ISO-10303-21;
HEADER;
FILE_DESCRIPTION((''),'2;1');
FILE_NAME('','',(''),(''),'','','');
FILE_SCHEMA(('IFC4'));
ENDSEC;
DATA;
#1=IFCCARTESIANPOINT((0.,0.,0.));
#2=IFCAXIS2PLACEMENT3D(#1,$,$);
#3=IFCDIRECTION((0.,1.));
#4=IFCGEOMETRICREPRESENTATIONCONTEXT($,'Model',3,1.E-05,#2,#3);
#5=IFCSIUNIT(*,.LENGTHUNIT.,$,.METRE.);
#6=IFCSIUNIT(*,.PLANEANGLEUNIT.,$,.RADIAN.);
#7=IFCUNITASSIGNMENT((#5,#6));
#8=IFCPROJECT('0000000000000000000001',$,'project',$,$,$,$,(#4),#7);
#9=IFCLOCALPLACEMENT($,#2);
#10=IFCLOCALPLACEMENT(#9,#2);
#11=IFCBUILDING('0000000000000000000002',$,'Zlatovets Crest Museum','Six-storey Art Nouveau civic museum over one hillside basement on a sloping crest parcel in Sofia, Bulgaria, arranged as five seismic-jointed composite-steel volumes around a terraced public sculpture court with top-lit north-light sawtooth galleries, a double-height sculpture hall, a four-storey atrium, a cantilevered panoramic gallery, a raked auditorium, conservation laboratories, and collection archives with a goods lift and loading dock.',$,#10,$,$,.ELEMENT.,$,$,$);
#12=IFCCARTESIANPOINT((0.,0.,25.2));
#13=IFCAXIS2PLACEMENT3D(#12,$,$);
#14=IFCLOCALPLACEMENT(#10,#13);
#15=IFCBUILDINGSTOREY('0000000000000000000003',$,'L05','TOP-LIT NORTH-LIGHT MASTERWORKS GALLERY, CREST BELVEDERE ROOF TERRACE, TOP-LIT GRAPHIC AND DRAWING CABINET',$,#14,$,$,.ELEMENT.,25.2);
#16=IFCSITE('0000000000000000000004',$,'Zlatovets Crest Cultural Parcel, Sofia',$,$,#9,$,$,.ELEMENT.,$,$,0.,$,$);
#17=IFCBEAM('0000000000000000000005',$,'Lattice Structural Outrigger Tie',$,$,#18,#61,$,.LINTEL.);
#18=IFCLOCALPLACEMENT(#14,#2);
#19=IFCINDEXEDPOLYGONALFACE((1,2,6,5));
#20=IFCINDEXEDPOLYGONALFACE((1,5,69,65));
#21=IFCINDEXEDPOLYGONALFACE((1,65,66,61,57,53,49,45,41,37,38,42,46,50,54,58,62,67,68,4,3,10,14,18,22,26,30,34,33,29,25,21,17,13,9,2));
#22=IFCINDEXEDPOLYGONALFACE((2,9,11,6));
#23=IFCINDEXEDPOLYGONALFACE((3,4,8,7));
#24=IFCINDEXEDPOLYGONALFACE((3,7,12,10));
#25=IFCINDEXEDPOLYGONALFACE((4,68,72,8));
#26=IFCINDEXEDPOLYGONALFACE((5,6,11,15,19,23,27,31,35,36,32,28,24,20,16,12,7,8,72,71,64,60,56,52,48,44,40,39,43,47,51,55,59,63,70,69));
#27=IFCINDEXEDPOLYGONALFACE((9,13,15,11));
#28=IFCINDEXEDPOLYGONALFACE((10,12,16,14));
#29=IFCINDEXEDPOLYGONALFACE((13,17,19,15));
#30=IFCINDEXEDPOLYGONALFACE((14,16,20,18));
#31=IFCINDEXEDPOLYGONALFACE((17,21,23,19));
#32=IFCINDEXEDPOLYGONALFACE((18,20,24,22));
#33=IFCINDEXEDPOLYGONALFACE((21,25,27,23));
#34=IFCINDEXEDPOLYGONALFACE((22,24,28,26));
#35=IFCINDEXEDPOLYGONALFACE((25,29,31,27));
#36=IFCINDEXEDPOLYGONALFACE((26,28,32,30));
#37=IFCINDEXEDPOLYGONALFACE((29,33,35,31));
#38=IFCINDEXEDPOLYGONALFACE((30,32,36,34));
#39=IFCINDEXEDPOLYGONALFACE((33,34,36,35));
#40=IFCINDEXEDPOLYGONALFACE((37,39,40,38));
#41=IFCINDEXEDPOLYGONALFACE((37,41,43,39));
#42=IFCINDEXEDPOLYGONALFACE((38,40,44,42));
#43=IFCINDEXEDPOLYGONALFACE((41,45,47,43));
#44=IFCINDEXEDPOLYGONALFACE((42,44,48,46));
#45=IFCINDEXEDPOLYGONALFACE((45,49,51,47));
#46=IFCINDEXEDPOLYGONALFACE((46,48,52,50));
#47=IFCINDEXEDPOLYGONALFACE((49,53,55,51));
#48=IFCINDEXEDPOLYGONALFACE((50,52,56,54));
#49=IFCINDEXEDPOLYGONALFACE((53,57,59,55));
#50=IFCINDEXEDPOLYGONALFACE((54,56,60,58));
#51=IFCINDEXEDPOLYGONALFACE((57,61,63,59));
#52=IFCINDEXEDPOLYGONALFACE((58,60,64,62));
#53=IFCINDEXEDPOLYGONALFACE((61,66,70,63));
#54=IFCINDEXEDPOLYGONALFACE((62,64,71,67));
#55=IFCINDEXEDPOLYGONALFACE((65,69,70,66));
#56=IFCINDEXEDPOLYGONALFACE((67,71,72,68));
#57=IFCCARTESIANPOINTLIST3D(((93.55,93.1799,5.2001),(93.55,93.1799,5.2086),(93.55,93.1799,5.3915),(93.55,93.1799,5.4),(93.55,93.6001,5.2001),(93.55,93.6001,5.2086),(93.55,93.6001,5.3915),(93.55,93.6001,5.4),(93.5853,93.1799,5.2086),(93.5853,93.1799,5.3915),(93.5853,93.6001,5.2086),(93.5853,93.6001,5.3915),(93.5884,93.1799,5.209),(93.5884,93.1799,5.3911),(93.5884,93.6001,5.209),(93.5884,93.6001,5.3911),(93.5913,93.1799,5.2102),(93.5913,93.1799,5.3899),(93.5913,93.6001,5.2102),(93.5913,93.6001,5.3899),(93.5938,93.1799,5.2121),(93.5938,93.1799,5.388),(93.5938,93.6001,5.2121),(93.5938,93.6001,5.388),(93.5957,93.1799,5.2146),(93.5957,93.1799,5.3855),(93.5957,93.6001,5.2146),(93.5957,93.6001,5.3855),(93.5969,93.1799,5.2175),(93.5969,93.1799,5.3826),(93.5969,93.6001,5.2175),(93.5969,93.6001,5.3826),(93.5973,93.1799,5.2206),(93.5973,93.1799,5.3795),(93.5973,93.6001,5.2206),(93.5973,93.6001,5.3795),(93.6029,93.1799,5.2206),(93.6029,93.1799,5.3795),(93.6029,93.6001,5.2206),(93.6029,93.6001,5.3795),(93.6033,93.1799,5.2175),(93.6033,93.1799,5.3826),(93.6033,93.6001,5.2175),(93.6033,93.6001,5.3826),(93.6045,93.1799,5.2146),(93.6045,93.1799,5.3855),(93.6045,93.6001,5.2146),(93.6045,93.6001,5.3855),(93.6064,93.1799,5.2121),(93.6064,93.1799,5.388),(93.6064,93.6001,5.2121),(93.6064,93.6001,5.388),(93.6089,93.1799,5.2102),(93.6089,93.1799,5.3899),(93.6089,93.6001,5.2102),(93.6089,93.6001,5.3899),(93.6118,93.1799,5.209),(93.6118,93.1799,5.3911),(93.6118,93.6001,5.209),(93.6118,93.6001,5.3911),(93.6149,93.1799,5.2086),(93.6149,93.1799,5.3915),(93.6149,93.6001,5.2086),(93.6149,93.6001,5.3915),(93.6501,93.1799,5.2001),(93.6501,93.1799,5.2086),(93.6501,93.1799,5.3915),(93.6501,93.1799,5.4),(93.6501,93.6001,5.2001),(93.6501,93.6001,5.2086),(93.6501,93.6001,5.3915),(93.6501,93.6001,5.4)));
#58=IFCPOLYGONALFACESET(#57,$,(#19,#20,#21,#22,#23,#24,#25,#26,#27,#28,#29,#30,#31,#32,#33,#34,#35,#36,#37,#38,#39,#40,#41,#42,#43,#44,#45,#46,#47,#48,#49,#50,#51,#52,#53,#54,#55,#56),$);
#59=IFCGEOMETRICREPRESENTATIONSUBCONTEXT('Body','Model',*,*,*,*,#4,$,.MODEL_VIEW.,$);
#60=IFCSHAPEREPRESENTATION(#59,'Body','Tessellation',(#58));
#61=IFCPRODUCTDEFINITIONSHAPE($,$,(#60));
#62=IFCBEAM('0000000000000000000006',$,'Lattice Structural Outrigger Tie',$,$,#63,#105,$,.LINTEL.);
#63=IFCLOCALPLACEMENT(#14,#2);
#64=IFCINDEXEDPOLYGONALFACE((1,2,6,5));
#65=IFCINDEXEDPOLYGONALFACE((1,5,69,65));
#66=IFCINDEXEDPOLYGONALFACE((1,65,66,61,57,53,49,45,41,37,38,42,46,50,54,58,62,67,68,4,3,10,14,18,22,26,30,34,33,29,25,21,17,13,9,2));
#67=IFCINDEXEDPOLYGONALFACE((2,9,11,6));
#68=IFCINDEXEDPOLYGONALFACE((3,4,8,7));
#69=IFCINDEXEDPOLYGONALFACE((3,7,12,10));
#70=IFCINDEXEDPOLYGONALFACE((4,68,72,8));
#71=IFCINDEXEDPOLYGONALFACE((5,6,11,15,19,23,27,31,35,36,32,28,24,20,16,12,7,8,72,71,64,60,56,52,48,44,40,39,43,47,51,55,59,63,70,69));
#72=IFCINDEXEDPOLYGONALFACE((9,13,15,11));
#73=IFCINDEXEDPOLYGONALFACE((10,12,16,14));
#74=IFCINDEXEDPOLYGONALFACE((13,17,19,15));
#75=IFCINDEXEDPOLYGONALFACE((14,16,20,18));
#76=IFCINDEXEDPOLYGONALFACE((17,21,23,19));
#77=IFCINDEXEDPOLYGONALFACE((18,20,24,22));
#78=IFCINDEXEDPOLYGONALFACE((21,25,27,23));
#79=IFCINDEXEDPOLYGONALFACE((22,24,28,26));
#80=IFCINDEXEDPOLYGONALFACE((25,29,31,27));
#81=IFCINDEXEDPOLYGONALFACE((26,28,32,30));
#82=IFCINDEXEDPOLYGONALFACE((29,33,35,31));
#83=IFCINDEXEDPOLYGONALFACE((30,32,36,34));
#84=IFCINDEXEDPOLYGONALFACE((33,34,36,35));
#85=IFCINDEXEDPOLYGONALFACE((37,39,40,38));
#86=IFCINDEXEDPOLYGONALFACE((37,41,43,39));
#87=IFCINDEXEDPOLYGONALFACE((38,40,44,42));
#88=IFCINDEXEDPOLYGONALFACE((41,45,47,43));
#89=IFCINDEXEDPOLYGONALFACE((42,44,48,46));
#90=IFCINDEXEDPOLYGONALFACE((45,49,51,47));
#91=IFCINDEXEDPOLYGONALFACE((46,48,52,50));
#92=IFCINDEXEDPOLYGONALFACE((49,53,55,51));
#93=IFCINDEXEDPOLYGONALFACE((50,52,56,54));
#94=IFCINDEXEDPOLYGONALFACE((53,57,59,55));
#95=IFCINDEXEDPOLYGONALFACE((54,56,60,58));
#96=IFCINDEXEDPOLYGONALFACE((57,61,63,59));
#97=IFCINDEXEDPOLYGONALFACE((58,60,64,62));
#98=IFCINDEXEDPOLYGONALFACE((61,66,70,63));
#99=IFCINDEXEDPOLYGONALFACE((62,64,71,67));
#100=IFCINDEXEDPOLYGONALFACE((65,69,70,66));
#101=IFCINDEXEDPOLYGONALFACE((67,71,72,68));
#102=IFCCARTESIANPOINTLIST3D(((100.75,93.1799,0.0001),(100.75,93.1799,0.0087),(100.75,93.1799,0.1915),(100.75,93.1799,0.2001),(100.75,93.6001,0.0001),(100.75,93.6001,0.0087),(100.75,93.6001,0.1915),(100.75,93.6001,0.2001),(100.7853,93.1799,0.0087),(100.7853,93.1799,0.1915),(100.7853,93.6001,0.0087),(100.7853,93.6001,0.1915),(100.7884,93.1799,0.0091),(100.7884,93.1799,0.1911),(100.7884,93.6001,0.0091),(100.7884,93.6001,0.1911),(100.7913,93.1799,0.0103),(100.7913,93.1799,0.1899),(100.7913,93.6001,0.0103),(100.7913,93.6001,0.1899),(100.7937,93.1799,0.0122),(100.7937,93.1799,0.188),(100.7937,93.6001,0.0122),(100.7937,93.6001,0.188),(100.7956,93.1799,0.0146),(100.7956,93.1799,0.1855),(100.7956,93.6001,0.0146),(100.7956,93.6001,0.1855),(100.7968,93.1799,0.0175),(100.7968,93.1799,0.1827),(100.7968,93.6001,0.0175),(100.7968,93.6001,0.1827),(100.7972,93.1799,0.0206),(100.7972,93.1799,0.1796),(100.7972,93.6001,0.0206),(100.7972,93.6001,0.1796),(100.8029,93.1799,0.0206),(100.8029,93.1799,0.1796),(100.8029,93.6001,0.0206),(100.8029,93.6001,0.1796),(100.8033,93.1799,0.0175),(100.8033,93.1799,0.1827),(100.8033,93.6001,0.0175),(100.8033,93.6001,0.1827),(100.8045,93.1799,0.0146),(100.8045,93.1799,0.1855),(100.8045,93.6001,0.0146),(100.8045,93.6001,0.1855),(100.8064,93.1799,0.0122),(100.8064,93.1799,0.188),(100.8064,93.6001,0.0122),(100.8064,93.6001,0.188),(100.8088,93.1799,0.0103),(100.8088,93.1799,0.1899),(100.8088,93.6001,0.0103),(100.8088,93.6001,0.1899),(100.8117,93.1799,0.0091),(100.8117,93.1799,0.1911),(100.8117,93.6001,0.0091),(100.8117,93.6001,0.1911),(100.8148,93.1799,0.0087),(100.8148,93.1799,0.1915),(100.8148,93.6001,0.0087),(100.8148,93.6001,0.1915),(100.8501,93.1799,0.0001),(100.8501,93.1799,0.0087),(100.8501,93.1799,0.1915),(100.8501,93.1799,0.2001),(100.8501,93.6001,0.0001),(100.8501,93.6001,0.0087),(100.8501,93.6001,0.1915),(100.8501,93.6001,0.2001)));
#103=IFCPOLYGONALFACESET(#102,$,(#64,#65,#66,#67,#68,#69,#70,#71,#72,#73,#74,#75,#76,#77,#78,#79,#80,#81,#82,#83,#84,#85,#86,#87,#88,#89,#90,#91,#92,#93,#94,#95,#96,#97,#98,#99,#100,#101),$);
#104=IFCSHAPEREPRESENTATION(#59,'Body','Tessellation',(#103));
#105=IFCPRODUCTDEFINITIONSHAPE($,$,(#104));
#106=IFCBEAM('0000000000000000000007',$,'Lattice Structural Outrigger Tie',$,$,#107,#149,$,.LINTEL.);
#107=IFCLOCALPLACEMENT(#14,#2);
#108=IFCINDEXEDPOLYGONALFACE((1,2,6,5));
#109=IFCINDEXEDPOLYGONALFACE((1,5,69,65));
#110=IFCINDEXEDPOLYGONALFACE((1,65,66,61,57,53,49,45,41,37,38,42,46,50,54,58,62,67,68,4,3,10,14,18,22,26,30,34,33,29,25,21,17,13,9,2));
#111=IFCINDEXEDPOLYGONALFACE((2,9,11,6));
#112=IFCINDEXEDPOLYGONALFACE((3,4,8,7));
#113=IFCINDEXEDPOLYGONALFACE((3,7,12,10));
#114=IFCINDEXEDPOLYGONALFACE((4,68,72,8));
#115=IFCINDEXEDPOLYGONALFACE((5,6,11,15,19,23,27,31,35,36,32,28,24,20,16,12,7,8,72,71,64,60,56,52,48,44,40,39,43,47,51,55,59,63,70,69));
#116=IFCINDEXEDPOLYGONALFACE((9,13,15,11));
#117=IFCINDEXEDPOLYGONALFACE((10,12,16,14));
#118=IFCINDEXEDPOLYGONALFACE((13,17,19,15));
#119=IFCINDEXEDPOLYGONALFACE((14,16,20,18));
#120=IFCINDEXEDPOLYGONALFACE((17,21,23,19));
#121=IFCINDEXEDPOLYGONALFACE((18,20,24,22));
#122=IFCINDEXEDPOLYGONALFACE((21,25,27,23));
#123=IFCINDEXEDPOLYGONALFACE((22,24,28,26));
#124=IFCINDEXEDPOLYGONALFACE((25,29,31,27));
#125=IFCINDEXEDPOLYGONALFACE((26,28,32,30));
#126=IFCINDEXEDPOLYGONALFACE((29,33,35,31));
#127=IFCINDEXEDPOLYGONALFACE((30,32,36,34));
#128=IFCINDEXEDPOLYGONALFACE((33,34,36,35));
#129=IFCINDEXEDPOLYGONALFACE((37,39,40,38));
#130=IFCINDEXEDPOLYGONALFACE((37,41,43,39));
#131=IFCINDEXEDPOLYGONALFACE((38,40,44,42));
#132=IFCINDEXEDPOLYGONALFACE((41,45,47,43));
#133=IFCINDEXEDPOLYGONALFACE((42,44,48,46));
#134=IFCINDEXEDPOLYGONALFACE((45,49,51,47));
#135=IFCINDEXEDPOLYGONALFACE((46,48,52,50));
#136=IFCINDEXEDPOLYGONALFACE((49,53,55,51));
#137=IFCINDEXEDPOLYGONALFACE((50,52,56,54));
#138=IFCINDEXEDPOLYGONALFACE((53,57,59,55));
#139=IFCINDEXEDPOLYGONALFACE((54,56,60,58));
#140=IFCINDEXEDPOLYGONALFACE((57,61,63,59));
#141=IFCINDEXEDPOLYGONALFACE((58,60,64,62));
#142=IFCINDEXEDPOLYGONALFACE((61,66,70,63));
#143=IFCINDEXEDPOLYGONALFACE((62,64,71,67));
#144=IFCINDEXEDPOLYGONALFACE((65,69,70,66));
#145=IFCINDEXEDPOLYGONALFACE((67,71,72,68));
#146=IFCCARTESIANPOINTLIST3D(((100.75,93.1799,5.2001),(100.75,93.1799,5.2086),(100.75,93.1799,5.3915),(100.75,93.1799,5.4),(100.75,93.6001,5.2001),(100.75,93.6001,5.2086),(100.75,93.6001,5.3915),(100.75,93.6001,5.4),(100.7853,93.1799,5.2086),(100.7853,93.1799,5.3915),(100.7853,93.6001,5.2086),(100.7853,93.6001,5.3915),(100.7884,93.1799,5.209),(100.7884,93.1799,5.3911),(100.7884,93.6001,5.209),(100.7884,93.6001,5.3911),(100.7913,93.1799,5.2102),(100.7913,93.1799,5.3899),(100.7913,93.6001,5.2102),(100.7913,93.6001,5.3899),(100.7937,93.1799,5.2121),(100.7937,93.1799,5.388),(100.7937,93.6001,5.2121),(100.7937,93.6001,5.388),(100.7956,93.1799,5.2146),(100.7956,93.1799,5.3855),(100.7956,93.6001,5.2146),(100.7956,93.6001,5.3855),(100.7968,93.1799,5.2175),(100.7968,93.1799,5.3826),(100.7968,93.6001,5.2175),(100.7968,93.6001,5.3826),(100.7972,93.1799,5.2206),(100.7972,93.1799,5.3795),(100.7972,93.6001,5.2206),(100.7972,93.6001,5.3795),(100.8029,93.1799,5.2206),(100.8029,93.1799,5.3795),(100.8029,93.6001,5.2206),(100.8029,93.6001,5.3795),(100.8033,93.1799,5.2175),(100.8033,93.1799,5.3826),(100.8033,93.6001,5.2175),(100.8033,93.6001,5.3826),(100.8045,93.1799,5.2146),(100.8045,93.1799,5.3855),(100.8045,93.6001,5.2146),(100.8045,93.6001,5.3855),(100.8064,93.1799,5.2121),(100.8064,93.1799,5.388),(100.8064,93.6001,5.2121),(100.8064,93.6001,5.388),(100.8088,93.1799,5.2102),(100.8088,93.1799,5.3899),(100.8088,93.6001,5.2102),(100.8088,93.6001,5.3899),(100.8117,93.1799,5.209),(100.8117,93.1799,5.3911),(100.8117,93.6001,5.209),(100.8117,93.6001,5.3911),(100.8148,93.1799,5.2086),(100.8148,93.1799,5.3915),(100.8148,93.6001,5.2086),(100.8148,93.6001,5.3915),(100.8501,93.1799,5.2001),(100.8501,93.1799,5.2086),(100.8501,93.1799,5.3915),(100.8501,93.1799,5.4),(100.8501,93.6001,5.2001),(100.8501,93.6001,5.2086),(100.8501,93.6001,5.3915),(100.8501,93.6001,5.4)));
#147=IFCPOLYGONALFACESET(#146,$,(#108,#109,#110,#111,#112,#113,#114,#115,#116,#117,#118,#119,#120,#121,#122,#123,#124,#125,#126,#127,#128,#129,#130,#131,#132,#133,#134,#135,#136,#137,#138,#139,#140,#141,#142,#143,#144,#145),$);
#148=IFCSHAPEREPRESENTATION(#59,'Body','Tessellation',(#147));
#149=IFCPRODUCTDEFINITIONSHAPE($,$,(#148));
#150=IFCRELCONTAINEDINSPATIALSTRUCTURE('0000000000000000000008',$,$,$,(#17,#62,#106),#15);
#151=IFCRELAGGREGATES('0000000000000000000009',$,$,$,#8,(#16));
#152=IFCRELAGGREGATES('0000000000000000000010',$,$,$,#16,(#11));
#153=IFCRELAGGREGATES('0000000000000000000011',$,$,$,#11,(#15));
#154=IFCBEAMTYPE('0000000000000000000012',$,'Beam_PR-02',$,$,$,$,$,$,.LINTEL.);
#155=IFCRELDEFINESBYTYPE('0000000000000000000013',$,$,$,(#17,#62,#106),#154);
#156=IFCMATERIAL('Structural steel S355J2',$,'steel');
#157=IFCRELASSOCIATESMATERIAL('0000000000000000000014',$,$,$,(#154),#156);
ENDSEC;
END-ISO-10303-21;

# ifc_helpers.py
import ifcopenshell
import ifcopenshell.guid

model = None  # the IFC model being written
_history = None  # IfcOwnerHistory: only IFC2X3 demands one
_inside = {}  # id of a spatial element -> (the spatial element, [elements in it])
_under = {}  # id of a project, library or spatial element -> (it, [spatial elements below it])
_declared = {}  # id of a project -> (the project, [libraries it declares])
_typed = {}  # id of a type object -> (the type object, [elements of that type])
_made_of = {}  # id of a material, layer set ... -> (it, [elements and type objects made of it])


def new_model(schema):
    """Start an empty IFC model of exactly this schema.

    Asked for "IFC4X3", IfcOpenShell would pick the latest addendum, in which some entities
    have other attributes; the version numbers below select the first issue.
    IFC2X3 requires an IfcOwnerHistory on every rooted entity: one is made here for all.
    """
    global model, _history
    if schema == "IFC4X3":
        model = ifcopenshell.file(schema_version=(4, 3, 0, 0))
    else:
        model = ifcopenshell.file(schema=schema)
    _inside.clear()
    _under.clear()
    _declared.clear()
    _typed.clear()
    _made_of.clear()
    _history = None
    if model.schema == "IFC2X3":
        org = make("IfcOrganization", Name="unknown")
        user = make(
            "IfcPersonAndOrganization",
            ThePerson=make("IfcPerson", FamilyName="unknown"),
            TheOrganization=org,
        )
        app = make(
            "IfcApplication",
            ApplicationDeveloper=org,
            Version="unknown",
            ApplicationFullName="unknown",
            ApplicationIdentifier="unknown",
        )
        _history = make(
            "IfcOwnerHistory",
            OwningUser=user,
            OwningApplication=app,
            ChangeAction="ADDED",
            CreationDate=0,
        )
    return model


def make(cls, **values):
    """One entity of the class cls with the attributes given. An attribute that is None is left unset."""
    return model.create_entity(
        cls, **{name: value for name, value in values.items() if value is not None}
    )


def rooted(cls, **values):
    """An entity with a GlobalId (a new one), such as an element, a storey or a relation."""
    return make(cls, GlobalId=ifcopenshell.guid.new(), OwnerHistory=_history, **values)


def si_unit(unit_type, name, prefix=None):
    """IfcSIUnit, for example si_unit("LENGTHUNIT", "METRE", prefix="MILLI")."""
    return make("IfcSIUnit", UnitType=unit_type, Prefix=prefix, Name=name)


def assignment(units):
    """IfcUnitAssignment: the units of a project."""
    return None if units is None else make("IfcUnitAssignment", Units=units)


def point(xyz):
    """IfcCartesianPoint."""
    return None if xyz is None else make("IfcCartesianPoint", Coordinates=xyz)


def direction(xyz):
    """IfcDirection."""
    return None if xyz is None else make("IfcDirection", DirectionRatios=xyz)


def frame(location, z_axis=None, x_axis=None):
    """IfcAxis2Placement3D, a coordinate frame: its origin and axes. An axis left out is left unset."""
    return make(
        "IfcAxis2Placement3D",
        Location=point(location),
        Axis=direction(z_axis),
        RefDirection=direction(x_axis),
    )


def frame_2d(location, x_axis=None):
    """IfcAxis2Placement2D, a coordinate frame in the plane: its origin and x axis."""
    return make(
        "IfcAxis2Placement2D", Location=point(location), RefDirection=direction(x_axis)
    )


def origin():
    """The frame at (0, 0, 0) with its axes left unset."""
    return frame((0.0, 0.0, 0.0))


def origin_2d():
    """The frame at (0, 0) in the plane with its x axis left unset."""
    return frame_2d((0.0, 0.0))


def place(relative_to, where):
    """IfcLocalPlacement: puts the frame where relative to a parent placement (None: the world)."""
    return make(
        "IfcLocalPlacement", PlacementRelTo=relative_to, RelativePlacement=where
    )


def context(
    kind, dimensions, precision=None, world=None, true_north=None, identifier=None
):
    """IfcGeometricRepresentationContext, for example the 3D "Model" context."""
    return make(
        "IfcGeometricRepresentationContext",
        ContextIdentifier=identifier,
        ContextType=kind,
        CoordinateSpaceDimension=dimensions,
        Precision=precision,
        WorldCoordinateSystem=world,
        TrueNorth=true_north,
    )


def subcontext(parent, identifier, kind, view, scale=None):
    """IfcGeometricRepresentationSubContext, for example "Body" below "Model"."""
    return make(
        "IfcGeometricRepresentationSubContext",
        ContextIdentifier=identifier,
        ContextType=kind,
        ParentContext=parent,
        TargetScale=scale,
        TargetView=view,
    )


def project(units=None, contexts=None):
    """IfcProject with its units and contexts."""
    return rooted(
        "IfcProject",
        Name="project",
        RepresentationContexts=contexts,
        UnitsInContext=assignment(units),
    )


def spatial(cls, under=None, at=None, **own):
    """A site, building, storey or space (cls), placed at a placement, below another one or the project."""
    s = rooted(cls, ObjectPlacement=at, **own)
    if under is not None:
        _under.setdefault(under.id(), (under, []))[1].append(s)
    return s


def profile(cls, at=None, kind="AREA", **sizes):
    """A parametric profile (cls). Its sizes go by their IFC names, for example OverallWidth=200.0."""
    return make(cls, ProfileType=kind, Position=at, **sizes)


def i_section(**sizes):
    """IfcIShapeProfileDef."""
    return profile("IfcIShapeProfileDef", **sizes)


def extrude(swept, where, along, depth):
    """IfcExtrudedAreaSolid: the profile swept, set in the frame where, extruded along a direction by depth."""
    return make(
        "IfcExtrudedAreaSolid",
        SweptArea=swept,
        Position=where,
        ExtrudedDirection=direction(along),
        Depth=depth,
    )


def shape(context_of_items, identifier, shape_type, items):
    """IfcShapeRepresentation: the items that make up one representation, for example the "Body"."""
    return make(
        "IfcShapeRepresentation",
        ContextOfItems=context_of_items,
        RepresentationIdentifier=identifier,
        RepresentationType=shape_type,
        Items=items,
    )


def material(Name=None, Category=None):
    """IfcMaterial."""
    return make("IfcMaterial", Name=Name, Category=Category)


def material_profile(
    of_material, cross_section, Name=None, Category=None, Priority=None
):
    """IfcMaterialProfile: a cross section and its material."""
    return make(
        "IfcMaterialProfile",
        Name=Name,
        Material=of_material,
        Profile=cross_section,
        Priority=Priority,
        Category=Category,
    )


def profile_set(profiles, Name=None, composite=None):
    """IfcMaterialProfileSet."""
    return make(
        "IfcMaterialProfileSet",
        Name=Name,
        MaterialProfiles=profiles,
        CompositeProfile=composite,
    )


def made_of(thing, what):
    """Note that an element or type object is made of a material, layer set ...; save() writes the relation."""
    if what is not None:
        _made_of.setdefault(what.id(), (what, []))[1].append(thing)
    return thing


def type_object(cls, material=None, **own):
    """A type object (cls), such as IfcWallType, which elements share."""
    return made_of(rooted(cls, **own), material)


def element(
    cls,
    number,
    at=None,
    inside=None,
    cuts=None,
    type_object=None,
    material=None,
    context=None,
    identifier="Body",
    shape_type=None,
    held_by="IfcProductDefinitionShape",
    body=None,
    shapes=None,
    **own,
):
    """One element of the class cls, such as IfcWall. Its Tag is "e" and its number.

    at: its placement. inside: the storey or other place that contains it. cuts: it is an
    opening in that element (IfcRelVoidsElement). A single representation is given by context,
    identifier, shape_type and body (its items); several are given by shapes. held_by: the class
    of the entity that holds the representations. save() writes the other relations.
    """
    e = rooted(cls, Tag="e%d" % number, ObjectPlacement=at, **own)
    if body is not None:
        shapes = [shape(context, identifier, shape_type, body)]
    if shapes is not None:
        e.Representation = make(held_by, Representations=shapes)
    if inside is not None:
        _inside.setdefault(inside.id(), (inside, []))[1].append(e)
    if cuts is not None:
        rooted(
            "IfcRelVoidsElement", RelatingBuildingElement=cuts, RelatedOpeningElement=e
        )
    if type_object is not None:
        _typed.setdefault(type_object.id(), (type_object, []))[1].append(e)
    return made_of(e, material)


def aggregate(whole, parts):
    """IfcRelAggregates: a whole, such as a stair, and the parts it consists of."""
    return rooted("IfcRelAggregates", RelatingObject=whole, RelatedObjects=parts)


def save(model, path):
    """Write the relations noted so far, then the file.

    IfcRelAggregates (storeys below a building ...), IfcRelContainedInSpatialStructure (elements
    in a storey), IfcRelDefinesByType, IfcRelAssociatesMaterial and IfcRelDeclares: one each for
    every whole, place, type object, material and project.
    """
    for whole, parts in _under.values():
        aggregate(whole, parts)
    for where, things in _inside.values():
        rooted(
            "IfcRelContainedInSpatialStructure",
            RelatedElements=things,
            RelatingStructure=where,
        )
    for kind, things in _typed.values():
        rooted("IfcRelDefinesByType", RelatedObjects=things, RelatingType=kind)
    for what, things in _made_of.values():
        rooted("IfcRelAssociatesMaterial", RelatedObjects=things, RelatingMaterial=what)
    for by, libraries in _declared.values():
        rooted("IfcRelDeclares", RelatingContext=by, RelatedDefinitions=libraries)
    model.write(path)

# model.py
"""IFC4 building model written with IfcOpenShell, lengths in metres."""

from ifc_helpers import new_model, si_unit, direction, frame, origin, origin_2d, place, context, subcontext, project, spatial, i_section, extrude, material, material_profile, profile_set, type_object, element, save


model = new_model("IFC4")

# Units and contexts
model_context = context("Model", 3, precision=1e-05, world=origin(), true_north=direction((0.0, 1.0)))
body_context = subcontext(model_context, "Body", "Model", "MODEL_VIEW")
ifc_project = project(units=[si_unit("LENGTHUNIT", "METRE"), si_unit("PLANEANGLEUNIT", "RADIAN")], contexts=[model_context])

# Site, building, storey
site_placement = place(None, origin())
site = spatial("IfcSite", under=ifc_project, at=site_placement, Name="Zlatovets Crest Cultural Parcel, Sofia", CompositionType="ELEMENT", RefElevation=0.0)
building_placement = place(site_placement, origin())
building = spatial("IfcBuilding", under=site, at=building_placement, Name="Zlatovets Crest Museum", Description="Six-storey Art Nouveau civic museum over one hillside basement on a sloping crest parcel in Sofia, Bulgaria, arranged as five seismic-jointed composite-steel volumes around a terraced public sculpture court with top-lit north-light sawtooth galleries, a double-height sculpture hall, a four-storey atrium, a cantilevered panoramic gallery, a raked auditorium, conservation laboratories, and collection archives with a goods lift and loading dock.", CompositionType="ELEMENT")
storey_placement = place(building_placement, frame((0.0, 0.0, 25.2)))
storey = spatial("IfcBuildingStorey", under=building, at=storey_placement, Name="L05", Description="TOP-LIT NORTH-LIGHT MASTERWORKS GALLERY, CREST BELVEDERE ROOF TERRACE, TOP-LIT GRAPHIC AND DRAWING CABINET", CompositionType="ELEMENT", Elevation=25.2)

# Shared definitions
ifc_material_1 = material(Name="Structural steel S355J2", Category="steel")

# Beams
ifc_material_profile_1 = material_profile(ifc_material_1, i_section(OverallWidth=0.1001, OverallDepth=0.2, WebThickness=0.0056, FlangeThickness=0.0085, FilletRadius=0.012, at=origin_2d()), Name="IPE 200")
ifc_profile_set_1 = profile_set([ifc_material_profile_1], Name="Structural steel S355J2")
beam_type_1 = type_object("IfcBeamType", Name="Beam_PR-02", PredefinedType="LINTEL", material=ifc_profile_set_1)
for number, where, z_axis, x_axis, name in (
    (1, (93.6001, 93.6001, 5.3), (0.0, -1.0, 0.0), (1.0, 0.0, 0.0), "Lattice Structural Outrigger Tie"),
    (2, (100.8, 93.6001, 0.1001), (0.0, -1.0, 0.0), (1.0, 0.0, 0.0), "Lattice Structural Outrigger Tie"),
    (3, (100.8, 93.6001, 5.3), (0.0, -1.0, 0.0), (1.0, 0.0, 0.0), "Lattice Structural Outrigger Tie"),
):
    element("IfcBeam", number, at=place(storey_placement, frame(where, z_axis=z_axis, x_axis=x_axis)), inside=storey, type_object=beam_type_1, Name=name, PredefinedType="LINTEL", context=body_context, shape_type="SweptSolid", body=[
        extrude(i_section(OverallWidth=0.1001, OverallDepth=0.2, WebThickness=0.0056, FlangeThickness=0.0085, FilletRadius=0.012, at=origin_2d()), origin(), (0.0, 0.0, 1.0), 0.4202),
    ])

save(model, "model.ifc")
